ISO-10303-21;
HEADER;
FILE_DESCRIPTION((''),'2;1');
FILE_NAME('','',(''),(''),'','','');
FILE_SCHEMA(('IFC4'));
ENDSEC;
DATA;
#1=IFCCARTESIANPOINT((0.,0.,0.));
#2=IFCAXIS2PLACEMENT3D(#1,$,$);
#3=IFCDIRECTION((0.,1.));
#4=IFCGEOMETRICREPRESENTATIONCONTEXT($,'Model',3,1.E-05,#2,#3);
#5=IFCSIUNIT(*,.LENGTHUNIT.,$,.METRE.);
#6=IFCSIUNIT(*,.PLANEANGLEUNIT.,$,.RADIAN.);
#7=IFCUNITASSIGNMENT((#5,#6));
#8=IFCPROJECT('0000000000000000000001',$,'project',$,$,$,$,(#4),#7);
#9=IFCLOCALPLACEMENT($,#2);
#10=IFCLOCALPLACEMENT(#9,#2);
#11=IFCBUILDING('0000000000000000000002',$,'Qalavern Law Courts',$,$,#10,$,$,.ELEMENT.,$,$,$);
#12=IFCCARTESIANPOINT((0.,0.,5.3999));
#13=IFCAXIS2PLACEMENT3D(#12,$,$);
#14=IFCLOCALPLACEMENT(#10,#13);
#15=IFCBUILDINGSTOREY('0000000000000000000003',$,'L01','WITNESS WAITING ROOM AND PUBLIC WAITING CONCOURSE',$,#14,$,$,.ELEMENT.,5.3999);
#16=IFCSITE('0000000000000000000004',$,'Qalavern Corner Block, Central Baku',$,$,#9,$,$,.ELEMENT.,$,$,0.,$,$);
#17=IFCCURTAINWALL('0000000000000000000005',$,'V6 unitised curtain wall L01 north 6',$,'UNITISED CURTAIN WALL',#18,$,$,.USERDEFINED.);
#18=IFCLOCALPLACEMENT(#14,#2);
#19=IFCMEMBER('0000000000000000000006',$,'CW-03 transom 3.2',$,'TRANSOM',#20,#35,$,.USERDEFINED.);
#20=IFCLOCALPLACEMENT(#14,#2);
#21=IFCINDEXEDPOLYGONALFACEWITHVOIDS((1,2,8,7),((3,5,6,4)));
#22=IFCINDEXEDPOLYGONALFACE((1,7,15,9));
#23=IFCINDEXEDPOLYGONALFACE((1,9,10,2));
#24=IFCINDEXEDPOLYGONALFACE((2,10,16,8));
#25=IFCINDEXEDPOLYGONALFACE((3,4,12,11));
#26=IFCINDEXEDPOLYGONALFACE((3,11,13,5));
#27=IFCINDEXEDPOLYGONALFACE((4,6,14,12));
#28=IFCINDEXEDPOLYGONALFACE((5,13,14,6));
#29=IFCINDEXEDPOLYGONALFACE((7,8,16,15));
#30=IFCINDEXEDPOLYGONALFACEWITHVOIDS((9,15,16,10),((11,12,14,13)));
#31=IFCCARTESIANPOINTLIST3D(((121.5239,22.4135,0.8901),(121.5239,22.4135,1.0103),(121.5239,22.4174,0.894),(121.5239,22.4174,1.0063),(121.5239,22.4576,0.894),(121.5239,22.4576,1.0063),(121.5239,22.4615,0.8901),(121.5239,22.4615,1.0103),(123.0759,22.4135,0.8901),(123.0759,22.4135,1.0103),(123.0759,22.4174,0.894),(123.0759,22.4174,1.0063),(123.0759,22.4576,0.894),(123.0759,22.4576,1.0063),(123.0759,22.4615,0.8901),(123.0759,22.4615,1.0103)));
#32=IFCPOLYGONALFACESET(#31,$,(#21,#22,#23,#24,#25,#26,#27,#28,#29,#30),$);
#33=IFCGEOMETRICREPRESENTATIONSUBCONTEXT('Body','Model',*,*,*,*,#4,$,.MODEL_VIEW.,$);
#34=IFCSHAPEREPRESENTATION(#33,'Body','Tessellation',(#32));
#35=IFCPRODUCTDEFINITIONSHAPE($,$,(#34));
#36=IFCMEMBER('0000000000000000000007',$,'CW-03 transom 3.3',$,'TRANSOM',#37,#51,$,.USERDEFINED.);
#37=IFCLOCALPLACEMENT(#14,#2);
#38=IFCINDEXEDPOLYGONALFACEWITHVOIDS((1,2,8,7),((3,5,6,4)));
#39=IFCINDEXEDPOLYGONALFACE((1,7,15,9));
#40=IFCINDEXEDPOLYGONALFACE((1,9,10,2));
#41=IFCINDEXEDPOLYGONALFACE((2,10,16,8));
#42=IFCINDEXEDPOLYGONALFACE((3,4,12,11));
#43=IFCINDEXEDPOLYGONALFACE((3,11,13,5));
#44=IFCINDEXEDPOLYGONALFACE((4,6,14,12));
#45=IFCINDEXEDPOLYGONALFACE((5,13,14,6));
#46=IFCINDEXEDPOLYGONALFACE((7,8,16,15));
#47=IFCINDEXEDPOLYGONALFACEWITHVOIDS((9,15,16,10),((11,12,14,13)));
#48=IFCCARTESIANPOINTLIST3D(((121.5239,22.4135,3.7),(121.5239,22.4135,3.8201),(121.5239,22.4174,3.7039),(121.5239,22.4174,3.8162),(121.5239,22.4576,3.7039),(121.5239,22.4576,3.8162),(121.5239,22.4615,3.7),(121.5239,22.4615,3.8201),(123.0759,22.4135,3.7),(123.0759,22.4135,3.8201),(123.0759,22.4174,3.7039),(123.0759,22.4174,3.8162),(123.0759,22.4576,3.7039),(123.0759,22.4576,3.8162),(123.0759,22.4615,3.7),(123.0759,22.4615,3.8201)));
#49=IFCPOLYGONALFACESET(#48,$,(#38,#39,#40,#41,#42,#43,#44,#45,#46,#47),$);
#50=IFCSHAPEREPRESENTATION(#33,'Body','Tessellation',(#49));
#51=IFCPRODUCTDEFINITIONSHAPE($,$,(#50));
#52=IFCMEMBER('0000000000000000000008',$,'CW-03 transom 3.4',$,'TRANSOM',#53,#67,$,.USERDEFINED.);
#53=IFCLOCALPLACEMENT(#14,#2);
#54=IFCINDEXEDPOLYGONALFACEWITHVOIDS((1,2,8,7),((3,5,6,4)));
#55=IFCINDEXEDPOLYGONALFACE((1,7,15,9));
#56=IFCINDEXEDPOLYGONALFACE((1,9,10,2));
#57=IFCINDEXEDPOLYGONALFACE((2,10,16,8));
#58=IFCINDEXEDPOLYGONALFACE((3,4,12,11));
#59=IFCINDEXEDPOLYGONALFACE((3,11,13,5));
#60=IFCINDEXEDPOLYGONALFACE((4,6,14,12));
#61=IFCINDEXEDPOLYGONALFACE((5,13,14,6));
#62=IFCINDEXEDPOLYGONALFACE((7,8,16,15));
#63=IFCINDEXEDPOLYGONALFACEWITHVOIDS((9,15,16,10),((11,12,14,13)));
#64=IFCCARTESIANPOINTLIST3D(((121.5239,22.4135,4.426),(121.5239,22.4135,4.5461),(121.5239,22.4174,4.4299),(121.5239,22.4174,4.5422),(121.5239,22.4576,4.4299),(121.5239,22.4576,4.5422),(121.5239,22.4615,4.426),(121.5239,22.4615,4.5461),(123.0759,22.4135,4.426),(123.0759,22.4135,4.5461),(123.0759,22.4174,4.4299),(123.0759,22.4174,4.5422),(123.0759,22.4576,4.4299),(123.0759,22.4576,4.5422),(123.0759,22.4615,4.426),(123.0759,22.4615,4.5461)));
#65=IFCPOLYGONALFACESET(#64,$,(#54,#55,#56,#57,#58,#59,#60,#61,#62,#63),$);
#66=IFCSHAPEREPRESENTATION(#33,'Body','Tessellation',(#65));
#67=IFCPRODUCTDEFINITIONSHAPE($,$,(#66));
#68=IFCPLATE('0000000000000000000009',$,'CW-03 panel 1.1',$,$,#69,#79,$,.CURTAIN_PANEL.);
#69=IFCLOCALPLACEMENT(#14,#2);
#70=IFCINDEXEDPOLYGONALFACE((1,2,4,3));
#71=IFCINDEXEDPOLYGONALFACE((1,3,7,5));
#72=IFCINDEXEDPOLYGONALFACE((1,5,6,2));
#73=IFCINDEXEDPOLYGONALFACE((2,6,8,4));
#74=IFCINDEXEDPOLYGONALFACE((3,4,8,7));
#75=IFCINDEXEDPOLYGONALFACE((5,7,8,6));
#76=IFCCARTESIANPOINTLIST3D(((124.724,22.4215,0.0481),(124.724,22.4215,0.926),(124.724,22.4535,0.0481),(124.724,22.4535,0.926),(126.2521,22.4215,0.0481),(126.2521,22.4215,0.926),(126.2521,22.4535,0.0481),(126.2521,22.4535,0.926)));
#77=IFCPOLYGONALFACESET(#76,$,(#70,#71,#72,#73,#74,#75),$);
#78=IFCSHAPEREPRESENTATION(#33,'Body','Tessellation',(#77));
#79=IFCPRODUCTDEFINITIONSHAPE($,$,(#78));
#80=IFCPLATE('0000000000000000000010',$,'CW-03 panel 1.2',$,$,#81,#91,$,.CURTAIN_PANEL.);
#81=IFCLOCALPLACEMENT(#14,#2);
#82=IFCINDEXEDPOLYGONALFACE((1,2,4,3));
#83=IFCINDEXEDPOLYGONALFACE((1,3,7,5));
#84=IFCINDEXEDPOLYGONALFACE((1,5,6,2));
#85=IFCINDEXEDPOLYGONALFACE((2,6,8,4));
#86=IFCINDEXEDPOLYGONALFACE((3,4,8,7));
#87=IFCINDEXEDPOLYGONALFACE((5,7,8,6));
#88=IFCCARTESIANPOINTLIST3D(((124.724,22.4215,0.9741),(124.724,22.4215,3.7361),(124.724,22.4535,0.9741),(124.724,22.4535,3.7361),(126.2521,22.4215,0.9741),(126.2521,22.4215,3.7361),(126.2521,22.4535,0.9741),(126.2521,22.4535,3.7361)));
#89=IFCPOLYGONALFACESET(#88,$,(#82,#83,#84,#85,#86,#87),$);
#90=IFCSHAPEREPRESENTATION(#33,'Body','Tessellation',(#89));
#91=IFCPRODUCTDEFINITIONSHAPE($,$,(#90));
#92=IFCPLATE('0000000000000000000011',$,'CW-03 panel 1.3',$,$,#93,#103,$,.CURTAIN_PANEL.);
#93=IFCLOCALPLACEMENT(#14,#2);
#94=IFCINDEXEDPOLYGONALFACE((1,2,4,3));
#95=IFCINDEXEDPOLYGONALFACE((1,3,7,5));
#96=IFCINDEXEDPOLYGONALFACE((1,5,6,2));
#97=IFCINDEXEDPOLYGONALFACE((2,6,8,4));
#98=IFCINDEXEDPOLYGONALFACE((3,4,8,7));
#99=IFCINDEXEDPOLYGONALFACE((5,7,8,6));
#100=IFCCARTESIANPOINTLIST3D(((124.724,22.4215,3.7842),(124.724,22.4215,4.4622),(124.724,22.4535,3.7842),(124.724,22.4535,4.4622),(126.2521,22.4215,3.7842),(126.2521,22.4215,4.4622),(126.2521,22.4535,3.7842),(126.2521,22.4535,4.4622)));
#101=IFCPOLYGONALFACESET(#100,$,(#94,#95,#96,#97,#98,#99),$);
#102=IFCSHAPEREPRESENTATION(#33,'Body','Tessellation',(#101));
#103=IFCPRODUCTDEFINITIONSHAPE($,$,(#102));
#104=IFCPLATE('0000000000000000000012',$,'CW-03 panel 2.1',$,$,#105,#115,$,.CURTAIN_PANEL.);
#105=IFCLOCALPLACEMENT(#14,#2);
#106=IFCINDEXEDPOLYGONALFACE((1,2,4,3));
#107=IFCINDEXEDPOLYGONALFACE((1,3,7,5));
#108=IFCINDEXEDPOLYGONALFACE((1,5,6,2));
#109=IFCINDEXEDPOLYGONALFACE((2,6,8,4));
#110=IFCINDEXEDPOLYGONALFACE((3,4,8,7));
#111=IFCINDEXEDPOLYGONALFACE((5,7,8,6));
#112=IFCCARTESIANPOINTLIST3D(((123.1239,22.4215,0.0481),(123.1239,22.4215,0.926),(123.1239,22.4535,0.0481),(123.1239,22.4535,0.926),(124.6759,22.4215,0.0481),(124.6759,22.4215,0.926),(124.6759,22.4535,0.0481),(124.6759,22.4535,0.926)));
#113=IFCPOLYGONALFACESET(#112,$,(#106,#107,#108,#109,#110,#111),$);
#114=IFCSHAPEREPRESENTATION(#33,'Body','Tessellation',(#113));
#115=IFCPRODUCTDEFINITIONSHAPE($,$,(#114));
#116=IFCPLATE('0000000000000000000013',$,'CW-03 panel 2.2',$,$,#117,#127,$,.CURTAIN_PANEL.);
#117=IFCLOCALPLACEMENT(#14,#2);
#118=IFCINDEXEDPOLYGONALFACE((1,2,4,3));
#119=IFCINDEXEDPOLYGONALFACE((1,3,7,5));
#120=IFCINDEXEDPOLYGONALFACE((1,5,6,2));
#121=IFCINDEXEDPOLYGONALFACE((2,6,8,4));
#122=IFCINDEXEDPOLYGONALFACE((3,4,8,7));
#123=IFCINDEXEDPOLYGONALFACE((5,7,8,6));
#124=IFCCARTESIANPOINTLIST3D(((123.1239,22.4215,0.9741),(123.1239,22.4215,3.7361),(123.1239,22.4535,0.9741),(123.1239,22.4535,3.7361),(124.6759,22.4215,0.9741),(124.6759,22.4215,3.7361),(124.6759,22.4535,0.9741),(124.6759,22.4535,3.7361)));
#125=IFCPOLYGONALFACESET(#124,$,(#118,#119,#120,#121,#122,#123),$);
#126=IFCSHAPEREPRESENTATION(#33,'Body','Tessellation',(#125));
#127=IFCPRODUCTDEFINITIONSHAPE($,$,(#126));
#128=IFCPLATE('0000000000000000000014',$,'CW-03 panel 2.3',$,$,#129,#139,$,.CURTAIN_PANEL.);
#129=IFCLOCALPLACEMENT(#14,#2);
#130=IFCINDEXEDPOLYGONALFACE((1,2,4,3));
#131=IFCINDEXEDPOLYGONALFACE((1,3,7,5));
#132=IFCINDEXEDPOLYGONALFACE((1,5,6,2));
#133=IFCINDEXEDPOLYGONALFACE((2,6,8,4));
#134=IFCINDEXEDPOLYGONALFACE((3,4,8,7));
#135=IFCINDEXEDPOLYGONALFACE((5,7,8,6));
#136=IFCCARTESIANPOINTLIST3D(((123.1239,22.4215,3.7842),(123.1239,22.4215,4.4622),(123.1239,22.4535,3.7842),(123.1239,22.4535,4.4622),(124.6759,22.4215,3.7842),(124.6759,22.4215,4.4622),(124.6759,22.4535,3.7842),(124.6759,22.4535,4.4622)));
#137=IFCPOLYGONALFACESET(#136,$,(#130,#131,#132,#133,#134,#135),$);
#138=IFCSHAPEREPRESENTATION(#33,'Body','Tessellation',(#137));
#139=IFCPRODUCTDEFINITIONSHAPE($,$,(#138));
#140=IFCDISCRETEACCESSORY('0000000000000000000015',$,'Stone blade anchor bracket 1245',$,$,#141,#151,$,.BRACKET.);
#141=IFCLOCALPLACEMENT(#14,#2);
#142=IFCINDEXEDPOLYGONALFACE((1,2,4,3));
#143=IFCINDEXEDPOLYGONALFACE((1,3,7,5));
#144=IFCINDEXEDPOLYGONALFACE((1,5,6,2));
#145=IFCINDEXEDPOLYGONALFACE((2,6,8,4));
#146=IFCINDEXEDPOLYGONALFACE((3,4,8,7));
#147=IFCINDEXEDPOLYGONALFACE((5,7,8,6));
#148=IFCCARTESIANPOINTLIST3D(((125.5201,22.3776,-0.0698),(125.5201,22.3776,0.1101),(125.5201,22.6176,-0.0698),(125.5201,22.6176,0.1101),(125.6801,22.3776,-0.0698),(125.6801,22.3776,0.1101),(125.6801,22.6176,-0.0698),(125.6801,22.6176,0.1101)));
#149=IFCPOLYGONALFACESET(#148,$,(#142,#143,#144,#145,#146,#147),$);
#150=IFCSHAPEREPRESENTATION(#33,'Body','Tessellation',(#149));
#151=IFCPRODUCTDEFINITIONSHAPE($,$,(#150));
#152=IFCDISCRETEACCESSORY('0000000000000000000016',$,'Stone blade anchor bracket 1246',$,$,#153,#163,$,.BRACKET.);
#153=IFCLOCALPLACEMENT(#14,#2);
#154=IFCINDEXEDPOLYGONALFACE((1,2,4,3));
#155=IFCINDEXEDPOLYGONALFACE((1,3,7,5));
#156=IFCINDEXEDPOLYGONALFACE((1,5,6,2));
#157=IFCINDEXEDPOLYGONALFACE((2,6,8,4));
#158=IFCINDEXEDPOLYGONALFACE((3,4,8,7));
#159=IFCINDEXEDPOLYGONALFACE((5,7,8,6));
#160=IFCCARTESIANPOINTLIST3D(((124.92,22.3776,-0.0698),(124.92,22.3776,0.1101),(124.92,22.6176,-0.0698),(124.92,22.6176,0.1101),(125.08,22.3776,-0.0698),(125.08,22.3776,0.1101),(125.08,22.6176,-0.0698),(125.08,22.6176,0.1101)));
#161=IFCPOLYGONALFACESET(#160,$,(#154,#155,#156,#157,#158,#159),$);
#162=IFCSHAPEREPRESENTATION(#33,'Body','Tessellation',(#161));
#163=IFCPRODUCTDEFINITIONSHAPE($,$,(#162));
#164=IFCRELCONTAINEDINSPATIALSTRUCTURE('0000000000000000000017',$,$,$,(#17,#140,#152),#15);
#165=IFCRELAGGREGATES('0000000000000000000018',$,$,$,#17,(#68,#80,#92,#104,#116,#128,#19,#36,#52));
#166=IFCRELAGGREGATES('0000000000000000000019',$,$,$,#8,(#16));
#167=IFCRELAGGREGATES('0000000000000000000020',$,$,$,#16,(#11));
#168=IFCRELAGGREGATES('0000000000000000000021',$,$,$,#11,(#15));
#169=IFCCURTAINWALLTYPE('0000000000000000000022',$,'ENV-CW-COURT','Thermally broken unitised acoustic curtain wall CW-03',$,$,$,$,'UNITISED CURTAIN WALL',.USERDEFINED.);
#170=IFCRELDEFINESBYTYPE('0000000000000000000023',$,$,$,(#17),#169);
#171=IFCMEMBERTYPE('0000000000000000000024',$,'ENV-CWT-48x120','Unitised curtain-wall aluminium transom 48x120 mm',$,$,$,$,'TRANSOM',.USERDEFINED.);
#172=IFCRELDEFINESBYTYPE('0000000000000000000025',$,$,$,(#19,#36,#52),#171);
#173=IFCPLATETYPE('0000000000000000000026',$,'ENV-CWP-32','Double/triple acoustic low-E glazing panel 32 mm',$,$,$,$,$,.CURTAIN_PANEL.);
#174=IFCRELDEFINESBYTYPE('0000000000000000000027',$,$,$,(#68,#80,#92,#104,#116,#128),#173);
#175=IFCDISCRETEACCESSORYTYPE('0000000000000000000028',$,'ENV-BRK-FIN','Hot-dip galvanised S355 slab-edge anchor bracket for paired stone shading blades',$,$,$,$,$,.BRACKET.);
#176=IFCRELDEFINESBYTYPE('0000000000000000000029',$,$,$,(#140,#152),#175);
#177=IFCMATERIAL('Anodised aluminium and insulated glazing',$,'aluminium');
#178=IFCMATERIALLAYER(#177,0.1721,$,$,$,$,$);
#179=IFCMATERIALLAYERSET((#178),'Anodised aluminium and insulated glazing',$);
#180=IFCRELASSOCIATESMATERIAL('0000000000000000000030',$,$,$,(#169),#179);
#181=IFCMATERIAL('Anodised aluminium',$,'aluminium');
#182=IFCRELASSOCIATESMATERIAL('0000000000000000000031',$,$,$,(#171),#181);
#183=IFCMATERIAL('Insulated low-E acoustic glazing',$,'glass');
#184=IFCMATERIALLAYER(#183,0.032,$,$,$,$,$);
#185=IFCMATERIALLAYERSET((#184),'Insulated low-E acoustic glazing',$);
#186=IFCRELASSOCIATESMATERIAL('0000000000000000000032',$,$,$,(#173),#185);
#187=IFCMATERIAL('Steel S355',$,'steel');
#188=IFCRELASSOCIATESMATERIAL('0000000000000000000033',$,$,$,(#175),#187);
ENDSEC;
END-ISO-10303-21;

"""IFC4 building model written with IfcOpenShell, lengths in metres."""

from ifc_helpers import new_model, si_unit, direction, frame, origin, origin_2d, place, context, subcontext, project, spatial, rectangle, hollow_rectangle, extrude, material, layer, layer_set, material_profile, profile_set, type_object, element, aggregate, save


model = new_model("IFC4")

# Units and contexts
model_context = context("Model", 3, precision=1e-05, world=origin(), true_north=direction((0.0, 1.0)))
body_context = subcontext(model_context, "Body", "Model", "MODEL_VIEW")
ifc_project = project(units=[si_unit("LENGTHUNIT", "METRE"), si_unit("PLANEANGLEUNIT", "RADIAN")], contexts=[model_context])

# Site, building, storey
site_placement = place(None, origin())
site = spatial("IfcSite", under=ifc_project, at=site_placement, Name="Qalavern Corner Block, Central Baku", CompositionType="ELEMENT", RefElevation=0.0)
building_placement = place(site_placement, origin())
building = spatial("IfcBuilding", under=site, at=building_placement, Name="Qalavern Law Courts", CompositionType="ELEMENT")
storey_placement = place(building_placement, frame((0.0, 0.0, 5.3999)))
storey = spatial("IfcBuildingStorey", under=building, at=storey_placement, Name="L01", Description="WITNESS WAITING ROOM AND PUBLIC WAITING CONCOURSE", CompositionType="ELEMENT", Elevation=5.3999)

# Curtain wall, members, plates
ifc_material_1 = material(Name="Anodised aluminium and insulated glazing", Category="aluminium")
ifc_layer_1 = layer(ifc_material_1, 0.1721)
ifc_layer_set_1 = layer_set([ifc_layer_1], Name="Anodised aluminium and insulated glazing")
curtain_wall_type = type_object("IfcCurtainWallType", Name="ENV-CW-COURT", Description="Thermally broken unitised acoustic curtain wall CW-03", ElementType="UNITISED CURTAIN WALL", PredefinedType="USERDEFINED", material=ifc_layer_set_1)
curtain_wall_placement = place(storey_placement, origin())
curtain_wall = element("IfcCurtainWall", 1, at=curtain_wall_placement, inside=storey, type_object=curtain_wall_type, Name="V6 unitised curtain wall L01 north 6", ObjectType="UNITISED CURTAIN WALL", PredefinedType="USERDEFINED")
ifc_material_2 = material(Name="Anodised aluminium", Category="aluminium")
ifc_material_profile_1 = material_profile(ifc_material_2, hollow_rectangle(XDim=0.0481, YDim=0.1201, WallThickness=0.0039, at=origin_2d()), Name="ALU TRANSOM 48x120")
ifc_profile_set_1 = profile_set([ifc_material_profile_1], Name="Anodised aluminium")
member_type_1 = type_object("IfcMemberType", Name="ENV-CWT-48x120", Description="Unitised curtain-wall aluminium transom 48x120 mm", ElementType="TRANSOM", PredefinedType="USERDEFINED", material=ifc_profile_set_1)
member_1_placement = place(storey_placement, frame((123.0759, 22.4375, 0.9502), z_axis=(-1.0, 0.0, 0.0), x_axis=(0.0, -1.0, 0.0)))
member_1 = element("IfcMember", 2, at=member_1_placement, type_object=member_type_1, Name="CW-03 transom 3.2", ObjectType="TRANSOM", PredefinedType="USERDEFINED", context=body_context, shape_type="SweptSolid", body=[
    extrude(hollow_rectangle(XDim=0.0481, YDim=0.1201, WallThickness=0.0039, at=origin_2d()), origin(), (0.0, 0.0, 1.0), 1.552),
])
member_2_placement = place(storey_placement, frame((123.0759, 22.4375, 3.76), z_axis=(-1.0, 0.0, 0.0), x_axis=(0.0, -1.0, 0.0)))
member_2 = element("IfcMember", 3, at=member_2_placement, type_object=member_type_1, Name="CW-03 transom 3.3", ObjectType="TRANSOM", PredefinedType="USERDEFINED", context=body_context, shape_type="SweptSolid", body=[
    extrude(hollow_rectangle(XDim=0.0481, YDim=0.1201, WallThickness=0.0039, at=origin_2d()), origin(), (0.0, 0.0, 1.0), 1.552),
])
member_3_placement = place(storey_placement, frame((123.0759, 22.4375, 4.4861), z_axis=(-1.0, 0.0, 0.0), x_axis=(0.0, -1.0, 0.0)))
member_3 = element("IfcMember", 4, at=member_3_placement, type_object=member_type_1, Name="CW-03 transom 3.4", ObjectType="TRANSOM", PredefinedType="USERDEFINED", context=body_context, shape_type="SweptSolid", body=[
    extrude(hollow_rectangle(XDim=0.0481, YDim=0.1201, WallThickness=0.0039, at=origin_2d()), origin(), (0.0, 0.0, 1.0), 1.552),
])
ifc_material_3 = material(Name="Insulated low-E acoustic glazing", Category="glass")
ifc_layer_2 = layer(ifc_material_3, 0.032)
ifc_layer_set_2 = layer_set([ifc_layer_2], Name="Insulated low-E acoustic glazing")
plate_type = type_object("IfcPlateType", Name="ENV-CWP-32", Description="Double/triple acoustic low-E glazing panel 32 mm", PredefinedType="CURTAIN_PANEL", material=ifc_layer_set_2)
plate_1_placement = place(storey_placement, frame((125.488, 22.4375, 0.0481), z_axis=(0.0, 0.0, 1.0), x_axis=(-1.0, 0.0, 0.0)))
plate_1 = element("IfcPlate", 5, at=plate_1_placement, type_object=plate_type, Name="CW-03 panel 1.1", PredefinedType="CURTAIN_PANEL", context=body_context, shape_type="SweptSolid", body=[
    extrude(rectangle(XDim=1.5281, YDim=0.032, at=origin_2d()), origin(), (0.0, 0.0, 1.0), 0.8779),
])
plate_2_placement = place(storey_placement, frame((125.488, 22.4375, 0.9741), z_axis=(0.0, 0.0, 1.0), x_axis=(-1.0, 0.0, 0.0)))
plate_2 = element("IfcPlate", 6, at=plate_2_placement, type_object=plate_type, Name="CW-03 panel 1.2", PredefinedType="CURTAIN_PANEL", context=body_context, shape_type="SweptSolid", body=[
    extrude(rectangle(XDim=1.5281, YDim=0.032, at=origin_2d()), origin(), (0.0, 0.0, 1.0), 2.762),
])
plate_3_placement = place(storey_placement, frame((125.488, 22.4375, 3.7842), z_axis=(0.0, 0.0, 1.0), x_axis=(-1.0, 0.0, 0.0)))
plate_3 = element("IfcPlate", 7, at=plate_3_placement, type_object=plate_type, Name="CW-03 panel 1.3", PredefinedType="CURTAIN_PANEL", context=body_context, shape_type="SweptSolid", body=[
    extrude(rectangle(XDim=1.5281, YDim=0.032, at=origin_2d()), origin(), (0.0, 0.0, 1.0), 0.678),
])
plate_4_placement = place(storey_placement, frame((123.8999, 22.4375, 0.0481), z_axis=(0.0, 0.0, 1.0), x_axis=(-1.0, 0.0, 0.0)))
plate_4 = element("IfcPlate", 8, at=plate_4_placement, type_object=plate_type, Name="CW-03 panel 2.1", PredefinedType="CURTAIN_PANEL", context=body_context, shape_type="SweptSolid", body=[
    extrude(rectangle(XDim=1.552, YDim=0.032, at=origin_2d()), origin(), (0.0, 0.0, 1.0), 0.8779),
])
plate_5_placement = place(storey_placement, frame((123.8999, 22.4375, 0.9741), z_axis=(0.0, 0.0, 1.0), x_axis=(-1.0, 0.0, 0.0)))
plate_5 = element("IfcPlate", 9, at=plate_5_placement, type_object=plate_type, Name="CW-03 panel 2.2", PredefinedType="CURTAIN_PANEL", context=body_context, shape_type="SweptSolid", body=[
    extrude(rectangle(XDim=1.552, YDim=0.032, at=origin_2d()), origin(), (0.0, 0.0, 1.0), 2.762),
])
plate_6_placement = place(storey_placement, frame((123.8999, 22.4375, 3.7842), z_axis=(0.0, 0.0, 1.0), x_axis=(-1.0, 0.0, 0.0)))
plate_6 = element("IfcPlate", 10, at=plate_6_placement, type_object=plate_type, Name="CW-03 panel 2.3", PredefinedType="CURTAIN_PANEL", context=body_context, shape_type="SweptSolid", body=[
    extrude(rectangle(XDim=1.552, YDim=0.032, at=origin_2d()), origin(), (0.0, 0.0, 1.0), 0.678),
])
aggregate(curtain_wall, [plate_1, plate_2, plate_3, plate_4, plate_5, plate_6, member_1, member_2, member_3])

# Discrete accessories
ifc_material_4 = material(Name="Steel S355", Category="steel")
discrete_accessory_type = type_object("IfcDiscreteAccessoryType", Name="ENV-BRK-FIN", Description="Hot-dip galvanised S355 slab-edge anchor bracket for paired stone shading blades", PredefinedType="BRACKET", material=ifc_material_4)
for number, where, z_axis, x_axis, name in (
    (11, (125.6001, 22.4976, -0.0698), (0.0, 0.0, 1.0), (0.0, 1.0, 0.0), "Stone blade anchor bracket 1245"),
    (12, (125.0, 22.4976, -0.0698), (0.0, 0.0, 1.0), (0.0, 1.0, 0.0), "Stone blade anchor bracket 1246"),
):
    element("IfcDiscreteAccessory", number, at=place(storey_placement, frame(where, z_axis=z_axis, x_axis=x_axis)), inside=storey, type_object=discrete_accessory_type, Name=name, PredefinedType="BRACKET", context=body_context, shape_type="SweptSolid", body=[
        extrude(rectangle(XDim=0.24, YDim=0.1599, at=origin_2d()), origin(), (0.0, 0.0, 1.0), 0.1799),
    ])

save(model, "model.ifc")
